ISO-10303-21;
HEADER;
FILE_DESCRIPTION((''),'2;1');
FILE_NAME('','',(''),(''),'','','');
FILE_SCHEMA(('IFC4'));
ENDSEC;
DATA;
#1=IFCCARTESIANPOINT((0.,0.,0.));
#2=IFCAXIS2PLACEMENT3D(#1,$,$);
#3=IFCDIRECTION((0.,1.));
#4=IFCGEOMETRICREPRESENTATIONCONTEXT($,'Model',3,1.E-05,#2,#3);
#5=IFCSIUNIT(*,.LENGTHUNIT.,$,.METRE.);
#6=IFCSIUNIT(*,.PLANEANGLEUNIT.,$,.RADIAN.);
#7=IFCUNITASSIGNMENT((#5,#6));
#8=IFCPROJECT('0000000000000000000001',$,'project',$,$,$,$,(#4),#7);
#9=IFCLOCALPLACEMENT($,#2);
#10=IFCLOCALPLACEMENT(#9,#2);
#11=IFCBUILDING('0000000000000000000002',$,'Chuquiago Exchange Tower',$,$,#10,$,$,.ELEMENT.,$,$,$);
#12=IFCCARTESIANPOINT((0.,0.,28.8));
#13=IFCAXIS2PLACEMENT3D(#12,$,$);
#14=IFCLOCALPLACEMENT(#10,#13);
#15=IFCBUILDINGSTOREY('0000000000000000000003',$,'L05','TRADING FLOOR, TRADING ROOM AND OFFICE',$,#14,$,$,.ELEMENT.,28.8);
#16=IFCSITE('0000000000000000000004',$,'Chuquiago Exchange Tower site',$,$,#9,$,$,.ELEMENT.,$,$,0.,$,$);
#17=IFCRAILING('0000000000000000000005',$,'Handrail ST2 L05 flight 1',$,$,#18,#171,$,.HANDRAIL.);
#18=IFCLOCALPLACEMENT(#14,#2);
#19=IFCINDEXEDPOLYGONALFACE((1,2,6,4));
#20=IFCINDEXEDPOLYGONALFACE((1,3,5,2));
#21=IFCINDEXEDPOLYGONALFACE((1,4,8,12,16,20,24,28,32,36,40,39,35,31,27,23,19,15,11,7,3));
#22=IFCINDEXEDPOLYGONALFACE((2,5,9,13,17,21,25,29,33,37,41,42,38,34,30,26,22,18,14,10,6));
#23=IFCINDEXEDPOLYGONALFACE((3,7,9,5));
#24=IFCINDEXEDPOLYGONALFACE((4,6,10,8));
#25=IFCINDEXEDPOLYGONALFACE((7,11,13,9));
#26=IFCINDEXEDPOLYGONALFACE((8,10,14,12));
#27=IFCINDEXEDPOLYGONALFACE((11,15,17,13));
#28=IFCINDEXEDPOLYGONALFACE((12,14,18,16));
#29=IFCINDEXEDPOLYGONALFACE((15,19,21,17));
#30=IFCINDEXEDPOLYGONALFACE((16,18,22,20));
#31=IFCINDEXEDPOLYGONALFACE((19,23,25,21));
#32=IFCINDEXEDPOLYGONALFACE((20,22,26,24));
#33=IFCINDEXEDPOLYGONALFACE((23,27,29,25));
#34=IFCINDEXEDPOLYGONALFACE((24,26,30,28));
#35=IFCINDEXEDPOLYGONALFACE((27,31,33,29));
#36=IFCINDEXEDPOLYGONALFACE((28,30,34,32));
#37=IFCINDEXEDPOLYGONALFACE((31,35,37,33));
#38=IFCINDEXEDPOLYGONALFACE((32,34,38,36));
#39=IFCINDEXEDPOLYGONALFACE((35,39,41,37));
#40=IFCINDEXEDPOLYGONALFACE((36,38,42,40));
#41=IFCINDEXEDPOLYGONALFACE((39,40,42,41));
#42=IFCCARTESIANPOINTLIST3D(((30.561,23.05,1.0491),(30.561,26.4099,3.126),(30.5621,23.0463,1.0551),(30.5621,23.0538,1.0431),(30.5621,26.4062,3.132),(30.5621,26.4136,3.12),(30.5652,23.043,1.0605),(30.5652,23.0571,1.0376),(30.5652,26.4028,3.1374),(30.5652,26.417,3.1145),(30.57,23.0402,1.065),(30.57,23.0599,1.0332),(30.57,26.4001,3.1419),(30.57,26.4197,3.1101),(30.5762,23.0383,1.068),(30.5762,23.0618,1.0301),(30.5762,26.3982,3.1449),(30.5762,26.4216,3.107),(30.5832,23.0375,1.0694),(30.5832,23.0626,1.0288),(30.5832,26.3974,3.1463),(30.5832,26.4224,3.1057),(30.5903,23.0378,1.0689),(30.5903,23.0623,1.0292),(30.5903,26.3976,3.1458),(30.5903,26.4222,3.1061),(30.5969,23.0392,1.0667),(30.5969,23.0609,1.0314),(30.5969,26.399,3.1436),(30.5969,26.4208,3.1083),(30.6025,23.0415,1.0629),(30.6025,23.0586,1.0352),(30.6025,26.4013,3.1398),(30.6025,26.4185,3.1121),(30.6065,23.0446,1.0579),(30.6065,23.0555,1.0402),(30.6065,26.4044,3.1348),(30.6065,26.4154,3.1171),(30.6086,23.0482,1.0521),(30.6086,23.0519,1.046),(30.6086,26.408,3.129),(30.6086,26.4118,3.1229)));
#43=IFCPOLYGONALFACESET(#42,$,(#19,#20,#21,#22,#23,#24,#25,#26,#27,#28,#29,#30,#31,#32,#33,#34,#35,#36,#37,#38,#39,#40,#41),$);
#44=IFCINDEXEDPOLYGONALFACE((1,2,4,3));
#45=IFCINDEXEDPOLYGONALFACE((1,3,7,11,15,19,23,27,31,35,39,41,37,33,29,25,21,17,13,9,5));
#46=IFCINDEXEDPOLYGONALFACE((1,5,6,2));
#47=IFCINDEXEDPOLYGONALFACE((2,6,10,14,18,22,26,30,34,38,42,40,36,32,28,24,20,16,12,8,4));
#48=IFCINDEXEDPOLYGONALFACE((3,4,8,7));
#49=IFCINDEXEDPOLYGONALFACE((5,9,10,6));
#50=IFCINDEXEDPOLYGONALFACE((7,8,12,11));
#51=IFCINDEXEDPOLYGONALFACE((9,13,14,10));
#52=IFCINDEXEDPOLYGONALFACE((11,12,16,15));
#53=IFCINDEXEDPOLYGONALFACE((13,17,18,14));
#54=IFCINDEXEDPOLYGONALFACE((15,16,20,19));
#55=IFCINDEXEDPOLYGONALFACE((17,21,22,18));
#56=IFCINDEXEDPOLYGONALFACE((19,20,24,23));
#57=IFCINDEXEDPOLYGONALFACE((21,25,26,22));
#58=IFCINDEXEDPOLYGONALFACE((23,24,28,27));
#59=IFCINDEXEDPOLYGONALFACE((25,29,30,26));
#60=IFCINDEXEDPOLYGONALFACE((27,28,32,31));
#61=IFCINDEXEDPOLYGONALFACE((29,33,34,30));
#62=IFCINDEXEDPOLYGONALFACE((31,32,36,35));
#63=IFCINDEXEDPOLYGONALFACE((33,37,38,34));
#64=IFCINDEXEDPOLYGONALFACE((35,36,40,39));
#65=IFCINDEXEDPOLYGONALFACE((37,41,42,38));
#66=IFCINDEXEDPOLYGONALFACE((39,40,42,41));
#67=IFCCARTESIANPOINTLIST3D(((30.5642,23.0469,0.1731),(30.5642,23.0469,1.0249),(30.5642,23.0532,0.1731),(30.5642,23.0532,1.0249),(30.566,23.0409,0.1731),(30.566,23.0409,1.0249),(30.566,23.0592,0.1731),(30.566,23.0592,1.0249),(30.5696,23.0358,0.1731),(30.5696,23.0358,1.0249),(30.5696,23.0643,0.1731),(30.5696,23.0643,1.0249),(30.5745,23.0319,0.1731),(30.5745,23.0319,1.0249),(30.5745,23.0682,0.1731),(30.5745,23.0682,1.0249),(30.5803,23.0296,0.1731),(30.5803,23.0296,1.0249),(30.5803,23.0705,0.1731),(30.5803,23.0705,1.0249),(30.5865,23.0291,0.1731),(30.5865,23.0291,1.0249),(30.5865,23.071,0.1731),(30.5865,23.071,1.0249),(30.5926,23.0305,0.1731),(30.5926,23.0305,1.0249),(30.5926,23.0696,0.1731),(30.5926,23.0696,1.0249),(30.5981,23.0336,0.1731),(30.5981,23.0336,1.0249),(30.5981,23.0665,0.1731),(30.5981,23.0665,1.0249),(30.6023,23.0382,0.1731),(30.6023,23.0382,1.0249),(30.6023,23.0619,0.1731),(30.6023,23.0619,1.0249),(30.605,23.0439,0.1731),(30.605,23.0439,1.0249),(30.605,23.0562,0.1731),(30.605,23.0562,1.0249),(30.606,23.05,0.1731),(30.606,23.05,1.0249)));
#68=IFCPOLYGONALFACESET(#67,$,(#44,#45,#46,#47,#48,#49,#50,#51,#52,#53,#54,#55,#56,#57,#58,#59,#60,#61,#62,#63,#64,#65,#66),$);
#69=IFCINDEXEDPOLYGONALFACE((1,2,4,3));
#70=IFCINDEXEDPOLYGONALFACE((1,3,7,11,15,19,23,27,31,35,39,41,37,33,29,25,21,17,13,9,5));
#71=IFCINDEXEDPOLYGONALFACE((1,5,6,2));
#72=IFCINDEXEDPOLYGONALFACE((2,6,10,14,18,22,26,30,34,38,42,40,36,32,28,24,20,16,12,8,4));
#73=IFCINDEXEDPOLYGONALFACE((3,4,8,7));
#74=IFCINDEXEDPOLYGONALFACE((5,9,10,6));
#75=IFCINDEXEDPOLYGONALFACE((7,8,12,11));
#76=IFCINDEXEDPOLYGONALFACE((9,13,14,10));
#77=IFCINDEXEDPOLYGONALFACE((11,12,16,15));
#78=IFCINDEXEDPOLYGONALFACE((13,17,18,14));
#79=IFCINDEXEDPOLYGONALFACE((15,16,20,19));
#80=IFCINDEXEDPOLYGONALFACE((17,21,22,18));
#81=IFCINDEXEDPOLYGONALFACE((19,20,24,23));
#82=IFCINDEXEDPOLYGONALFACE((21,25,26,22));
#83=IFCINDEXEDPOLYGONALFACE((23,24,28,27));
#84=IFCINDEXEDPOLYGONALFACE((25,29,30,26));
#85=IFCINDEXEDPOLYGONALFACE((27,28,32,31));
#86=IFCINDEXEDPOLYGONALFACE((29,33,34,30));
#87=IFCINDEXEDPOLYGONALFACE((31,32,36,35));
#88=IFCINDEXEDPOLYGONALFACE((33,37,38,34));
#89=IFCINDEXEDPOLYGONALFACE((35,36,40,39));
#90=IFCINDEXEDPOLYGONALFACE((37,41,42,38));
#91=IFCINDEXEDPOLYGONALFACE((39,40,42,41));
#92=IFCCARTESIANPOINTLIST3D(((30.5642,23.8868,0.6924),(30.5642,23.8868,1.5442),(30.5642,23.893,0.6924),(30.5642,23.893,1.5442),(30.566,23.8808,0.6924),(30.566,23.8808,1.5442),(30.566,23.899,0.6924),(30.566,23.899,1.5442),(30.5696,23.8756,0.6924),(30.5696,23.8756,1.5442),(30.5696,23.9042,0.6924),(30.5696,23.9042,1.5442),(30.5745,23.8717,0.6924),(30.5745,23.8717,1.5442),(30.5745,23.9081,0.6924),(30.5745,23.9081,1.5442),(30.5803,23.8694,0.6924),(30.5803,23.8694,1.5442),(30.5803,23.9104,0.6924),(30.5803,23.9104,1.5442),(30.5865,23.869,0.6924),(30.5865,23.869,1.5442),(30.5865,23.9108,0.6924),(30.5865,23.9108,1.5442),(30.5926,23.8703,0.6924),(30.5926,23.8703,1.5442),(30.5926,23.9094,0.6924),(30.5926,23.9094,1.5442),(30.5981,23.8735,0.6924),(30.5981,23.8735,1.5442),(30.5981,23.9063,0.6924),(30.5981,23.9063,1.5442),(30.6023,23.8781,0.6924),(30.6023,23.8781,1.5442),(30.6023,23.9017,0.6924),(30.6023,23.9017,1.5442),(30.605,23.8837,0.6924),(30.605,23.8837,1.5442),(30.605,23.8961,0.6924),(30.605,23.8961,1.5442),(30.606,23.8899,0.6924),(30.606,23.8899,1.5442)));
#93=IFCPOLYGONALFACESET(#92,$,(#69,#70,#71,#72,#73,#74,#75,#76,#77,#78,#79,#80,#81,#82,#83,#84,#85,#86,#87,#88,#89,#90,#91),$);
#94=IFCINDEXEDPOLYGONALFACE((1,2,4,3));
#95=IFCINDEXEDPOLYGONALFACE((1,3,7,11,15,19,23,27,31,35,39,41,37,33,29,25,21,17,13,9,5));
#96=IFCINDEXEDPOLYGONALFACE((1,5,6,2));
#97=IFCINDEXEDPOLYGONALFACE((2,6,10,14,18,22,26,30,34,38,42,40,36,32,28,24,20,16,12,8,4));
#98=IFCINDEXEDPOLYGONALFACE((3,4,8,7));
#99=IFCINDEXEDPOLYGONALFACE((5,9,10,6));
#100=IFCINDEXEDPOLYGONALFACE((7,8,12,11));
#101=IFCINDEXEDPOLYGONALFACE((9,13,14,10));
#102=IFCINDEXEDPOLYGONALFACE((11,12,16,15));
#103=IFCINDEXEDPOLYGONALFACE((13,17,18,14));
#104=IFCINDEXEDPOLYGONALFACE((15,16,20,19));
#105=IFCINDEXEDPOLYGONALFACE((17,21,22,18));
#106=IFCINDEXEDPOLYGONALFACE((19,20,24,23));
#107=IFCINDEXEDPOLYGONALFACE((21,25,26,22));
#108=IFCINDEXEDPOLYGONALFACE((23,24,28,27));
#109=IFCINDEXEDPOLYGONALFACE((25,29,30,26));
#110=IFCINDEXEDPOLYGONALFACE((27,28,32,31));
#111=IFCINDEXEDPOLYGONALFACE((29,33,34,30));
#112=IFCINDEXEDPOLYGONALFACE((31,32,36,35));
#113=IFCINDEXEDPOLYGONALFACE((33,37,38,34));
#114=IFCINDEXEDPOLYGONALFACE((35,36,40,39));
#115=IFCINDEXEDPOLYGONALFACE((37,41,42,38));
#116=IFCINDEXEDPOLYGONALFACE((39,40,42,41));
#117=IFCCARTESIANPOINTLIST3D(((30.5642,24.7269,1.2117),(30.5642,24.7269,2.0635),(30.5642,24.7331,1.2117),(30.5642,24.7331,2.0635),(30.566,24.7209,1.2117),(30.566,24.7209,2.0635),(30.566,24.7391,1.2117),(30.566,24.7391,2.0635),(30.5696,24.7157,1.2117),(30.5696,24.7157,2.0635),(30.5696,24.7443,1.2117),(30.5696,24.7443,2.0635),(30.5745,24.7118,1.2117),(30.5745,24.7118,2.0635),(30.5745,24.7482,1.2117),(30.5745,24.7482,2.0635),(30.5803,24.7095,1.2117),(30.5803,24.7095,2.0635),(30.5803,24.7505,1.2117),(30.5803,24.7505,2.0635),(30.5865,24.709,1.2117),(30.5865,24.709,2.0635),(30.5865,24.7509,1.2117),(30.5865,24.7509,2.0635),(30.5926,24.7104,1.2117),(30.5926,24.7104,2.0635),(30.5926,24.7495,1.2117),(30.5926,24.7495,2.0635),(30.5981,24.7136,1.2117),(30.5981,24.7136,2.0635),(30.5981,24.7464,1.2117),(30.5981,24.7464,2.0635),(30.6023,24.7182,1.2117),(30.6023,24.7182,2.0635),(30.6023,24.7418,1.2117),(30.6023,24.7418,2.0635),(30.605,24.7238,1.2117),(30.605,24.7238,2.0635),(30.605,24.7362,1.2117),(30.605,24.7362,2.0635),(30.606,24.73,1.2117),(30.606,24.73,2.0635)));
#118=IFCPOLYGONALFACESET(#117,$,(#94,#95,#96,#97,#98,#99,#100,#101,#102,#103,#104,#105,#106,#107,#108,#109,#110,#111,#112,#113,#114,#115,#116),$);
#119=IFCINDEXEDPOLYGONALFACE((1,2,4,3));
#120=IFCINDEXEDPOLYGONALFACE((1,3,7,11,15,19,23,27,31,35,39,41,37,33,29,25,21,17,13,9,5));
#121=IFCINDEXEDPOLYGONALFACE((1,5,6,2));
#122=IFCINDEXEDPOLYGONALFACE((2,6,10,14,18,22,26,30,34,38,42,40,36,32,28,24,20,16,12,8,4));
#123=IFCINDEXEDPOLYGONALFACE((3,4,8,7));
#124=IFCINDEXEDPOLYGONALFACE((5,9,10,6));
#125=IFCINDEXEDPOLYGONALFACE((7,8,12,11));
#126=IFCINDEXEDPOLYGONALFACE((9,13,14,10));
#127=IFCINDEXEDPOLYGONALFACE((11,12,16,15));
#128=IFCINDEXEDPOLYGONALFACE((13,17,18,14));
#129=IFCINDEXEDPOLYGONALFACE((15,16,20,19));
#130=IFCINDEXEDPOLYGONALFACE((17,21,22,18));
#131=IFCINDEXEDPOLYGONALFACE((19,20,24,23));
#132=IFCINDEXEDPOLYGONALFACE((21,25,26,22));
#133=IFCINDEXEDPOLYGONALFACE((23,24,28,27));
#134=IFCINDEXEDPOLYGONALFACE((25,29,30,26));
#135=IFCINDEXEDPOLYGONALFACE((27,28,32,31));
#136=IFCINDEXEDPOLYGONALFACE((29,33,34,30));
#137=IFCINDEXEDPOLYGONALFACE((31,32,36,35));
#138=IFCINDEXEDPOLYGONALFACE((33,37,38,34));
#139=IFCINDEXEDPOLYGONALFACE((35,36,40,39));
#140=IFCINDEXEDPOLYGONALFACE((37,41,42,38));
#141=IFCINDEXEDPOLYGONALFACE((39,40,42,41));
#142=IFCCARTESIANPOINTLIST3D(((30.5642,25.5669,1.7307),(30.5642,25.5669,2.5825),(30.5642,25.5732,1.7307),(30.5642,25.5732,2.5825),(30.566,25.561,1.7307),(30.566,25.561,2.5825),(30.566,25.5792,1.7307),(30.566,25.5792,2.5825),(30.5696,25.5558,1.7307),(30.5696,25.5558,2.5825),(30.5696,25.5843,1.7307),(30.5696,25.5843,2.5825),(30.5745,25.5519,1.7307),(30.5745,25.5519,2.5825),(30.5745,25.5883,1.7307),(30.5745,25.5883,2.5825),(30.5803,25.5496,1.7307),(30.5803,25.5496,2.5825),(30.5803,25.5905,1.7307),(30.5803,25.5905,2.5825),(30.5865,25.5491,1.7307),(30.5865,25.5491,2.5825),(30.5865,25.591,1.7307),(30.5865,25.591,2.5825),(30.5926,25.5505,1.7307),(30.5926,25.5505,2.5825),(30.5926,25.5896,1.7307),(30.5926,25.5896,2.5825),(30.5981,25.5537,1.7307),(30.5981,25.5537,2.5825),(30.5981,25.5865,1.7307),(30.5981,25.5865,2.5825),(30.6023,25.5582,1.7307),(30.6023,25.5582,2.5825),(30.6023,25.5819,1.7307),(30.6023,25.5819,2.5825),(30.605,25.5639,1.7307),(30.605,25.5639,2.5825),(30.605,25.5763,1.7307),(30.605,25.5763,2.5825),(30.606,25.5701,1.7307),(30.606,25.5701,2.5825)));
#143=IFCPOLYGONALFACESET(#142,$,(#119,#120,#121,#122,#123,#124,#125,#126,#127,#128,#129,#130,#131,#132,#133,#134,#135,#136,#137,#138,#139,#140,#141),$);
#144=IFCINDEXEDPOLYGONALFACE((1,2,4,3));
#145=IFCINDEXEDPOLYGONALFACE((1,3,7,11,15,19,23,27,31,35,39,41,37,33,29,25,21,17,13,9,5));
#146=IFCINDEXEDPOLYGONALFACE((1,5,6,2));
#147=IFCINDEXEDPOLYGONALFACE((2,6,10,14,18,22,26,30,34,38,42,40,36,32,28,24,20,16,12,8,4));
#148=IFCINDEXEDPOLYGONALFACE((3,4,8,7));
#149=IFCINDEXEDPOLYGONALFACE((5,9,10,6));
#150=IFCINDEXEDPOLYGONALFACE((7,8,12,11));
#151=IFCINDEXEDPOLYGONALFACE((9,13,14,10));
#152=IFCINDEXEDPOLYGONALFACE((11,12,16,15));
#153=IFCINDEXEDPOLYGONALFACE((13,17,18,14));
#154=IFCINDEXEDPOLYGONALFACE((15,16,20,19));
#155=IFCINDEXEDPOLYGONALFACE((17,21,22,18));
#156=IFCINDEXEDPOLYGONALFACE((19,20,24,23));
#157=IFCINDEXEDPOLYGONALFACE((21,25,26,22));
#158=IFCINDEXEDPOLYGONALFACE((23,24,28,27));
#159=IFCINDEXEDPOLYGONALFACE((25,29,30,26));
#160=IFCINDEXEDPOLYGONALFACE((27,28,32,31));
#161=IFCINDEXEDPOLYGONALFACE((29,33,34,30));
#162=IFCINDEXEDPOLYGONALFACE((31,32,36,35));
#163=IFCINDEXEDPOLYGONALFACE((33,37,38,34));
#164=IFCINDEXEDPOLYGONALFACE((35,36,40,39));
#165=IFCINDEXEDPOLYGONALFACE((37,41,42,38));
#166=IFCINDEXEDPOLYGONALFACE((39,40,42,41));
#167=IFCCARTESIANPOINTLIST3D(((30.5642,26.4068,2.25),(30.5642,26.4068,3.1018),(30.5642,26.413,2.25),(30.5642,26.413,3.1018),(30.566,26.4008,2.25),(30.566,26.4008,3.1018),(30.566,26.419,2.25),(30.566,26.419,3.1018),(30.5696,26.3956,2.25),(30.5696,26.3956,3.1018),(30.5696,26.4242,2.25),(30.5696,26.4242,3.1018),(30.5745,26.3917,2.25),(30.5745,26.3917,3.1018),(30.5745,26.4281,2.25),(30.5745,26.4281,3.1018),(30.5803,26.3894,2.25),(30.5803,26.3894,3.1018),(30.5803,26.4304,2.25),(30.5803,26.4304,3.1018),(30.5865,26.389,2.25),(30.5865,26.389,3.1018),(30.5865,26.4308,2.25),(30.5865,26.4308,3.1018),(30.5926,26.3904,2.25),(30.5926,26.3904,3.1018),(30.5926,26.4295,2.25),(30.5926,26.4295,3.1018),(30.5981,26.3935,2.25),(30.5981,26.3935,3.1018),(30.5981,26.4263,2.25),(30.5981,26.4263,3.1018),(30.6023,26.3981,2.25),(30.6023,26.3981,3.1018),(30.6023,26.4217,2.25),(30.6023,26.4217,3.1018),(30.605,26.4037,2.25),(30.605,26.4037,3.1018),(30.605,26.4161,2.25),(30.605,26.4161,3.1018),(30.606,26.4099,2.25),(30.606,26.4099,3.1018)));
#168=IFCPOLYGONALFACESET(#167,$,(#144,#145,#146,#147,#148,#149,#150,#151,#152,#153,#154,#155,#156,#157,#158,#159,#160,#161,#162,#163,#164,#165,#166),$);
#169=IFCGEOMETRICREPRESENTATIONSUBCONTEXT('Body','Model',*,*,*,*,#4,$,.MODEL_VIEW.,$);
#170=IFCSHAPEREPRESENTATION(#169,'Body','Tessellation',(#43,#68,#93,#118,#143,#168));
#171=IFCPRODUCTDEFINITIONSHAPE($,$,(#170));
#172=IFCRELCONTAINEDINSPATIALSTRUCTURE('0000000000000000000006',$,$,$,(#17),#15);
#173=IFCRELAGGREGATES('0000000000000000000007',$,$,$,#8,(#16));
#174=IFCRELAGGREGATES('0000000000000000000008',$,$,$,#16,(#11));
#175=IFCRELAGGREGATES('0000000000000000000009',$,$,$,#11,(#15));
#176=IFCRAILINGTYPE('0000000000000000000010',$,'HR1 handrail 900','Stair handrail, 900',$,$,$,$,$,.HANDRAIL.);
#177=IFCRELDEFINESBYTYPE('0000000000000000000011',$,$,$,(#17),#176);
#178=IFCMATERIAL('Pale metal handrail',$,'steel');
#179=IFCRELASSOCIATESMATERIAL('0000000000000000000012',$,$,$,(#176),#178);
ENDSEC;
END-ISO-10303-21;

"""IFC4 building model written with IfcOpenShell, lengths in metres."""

from ifc_helpers import new_model, si_unit, direction, frame, origin, origin_2d, place, context, subcontext, project, spatial, circle, extrude, material, type_object, element, save


model = new_model("IFC4")

# Units and contexts
model_context = context("Model", 3, precision=1e-05, world=origin(), true_north=direction((0.0, 1.0)))
body_context = subcontext(model_context, "Body", "Model", "MODEL_VIEW")
ifc_project = project(units=[si_unit("LENGTHUNIT", "METRE"), si_unit("PLANEANGLEUNIT", "RADIAN")], contexts=[model_context])

# Site, building, storey
site_placement = place(None, origin())
site = spatial("IfcSite", under=ifc_project, at=site_placement, Name="Chuquiago Exchange Tower site", CompositionType="ELEMENT", RefElevation=0.0)
building_placement = place(site_placement, origin())
building = spatial("IfcBuilding", under=site, at=building_placement, Name="Chuquiago Exchange Tower", CompositionType="ELEMENT")
storey_placement = place(building_placement, frame((0.0, 0.0, 28.8)))
storey = spatial("IfcBuildingStorey", under=building, at=storey_placement, Name="L05", Description="TRADING FLOOR, TRADING ROOM AND OFFICE", CompositionType="ELEMENT", Elevation=28.8)

# Railing
ifc_material_1 = material(Name="Pale metal handrail", Category="steel")
railing_type_1 = type_object("IfcRailingType", Name="HR1 handrail 900", Description="Stair handrail, 900", PredefinedType="HANDRAIL", material=ifc_material_1)
for number, where, name in (
    (1, (30.585, 23.05, 0.1731), "Handrail ST2 L05 flight 1"),
):
    element("IfcRailing", number, at=place(storey_placement, frame(where)), inside=storey, type_object=railing_type_1, Name=name, PredefinedType="HANDRAIL", context=body_context, shape_type="SweptSolid", body=[
        extrude(circle(Radius=0.0239, at=origin_2d()), frame((0.0, 0.0, 0.876), z_axis=(0.0, 0.850606, 0.525803), x_axis=(-1.0, 0.0, 0.0)), (0.0, 0.0, 1.0), 3.95),
        extrude(circle(Radius=0.021, at=origin_2d()), origin(), (0.0, 0.0, 1.0), 0.8518),
        extrude(circle(Radius=0.021, at=origin_2d()), frame((0.0, 0.8398, 0.5193)), (0.0, 0.0, 1.0), 0.8518),
        extrude(circle(Radius=0.021, at=origin_2d()), frame((0.0, 1.6799, 1.0386)), (0.0, 0.0, 1.0), 0.8518),
        extrude(circle(Radius=0.021, at=origin_2d()), frame((0.0, 2.52, 1.5576)), (0.0, 0.0, 1.0), 0.8518),
        extrude(circle(Radius=0.021, at=origin_2d()), frame((0.0, 3.3599, 2.0769)), (0.0, 0.0, 1.0), 0.8518),
    ])

save(model, "model.ifc")
